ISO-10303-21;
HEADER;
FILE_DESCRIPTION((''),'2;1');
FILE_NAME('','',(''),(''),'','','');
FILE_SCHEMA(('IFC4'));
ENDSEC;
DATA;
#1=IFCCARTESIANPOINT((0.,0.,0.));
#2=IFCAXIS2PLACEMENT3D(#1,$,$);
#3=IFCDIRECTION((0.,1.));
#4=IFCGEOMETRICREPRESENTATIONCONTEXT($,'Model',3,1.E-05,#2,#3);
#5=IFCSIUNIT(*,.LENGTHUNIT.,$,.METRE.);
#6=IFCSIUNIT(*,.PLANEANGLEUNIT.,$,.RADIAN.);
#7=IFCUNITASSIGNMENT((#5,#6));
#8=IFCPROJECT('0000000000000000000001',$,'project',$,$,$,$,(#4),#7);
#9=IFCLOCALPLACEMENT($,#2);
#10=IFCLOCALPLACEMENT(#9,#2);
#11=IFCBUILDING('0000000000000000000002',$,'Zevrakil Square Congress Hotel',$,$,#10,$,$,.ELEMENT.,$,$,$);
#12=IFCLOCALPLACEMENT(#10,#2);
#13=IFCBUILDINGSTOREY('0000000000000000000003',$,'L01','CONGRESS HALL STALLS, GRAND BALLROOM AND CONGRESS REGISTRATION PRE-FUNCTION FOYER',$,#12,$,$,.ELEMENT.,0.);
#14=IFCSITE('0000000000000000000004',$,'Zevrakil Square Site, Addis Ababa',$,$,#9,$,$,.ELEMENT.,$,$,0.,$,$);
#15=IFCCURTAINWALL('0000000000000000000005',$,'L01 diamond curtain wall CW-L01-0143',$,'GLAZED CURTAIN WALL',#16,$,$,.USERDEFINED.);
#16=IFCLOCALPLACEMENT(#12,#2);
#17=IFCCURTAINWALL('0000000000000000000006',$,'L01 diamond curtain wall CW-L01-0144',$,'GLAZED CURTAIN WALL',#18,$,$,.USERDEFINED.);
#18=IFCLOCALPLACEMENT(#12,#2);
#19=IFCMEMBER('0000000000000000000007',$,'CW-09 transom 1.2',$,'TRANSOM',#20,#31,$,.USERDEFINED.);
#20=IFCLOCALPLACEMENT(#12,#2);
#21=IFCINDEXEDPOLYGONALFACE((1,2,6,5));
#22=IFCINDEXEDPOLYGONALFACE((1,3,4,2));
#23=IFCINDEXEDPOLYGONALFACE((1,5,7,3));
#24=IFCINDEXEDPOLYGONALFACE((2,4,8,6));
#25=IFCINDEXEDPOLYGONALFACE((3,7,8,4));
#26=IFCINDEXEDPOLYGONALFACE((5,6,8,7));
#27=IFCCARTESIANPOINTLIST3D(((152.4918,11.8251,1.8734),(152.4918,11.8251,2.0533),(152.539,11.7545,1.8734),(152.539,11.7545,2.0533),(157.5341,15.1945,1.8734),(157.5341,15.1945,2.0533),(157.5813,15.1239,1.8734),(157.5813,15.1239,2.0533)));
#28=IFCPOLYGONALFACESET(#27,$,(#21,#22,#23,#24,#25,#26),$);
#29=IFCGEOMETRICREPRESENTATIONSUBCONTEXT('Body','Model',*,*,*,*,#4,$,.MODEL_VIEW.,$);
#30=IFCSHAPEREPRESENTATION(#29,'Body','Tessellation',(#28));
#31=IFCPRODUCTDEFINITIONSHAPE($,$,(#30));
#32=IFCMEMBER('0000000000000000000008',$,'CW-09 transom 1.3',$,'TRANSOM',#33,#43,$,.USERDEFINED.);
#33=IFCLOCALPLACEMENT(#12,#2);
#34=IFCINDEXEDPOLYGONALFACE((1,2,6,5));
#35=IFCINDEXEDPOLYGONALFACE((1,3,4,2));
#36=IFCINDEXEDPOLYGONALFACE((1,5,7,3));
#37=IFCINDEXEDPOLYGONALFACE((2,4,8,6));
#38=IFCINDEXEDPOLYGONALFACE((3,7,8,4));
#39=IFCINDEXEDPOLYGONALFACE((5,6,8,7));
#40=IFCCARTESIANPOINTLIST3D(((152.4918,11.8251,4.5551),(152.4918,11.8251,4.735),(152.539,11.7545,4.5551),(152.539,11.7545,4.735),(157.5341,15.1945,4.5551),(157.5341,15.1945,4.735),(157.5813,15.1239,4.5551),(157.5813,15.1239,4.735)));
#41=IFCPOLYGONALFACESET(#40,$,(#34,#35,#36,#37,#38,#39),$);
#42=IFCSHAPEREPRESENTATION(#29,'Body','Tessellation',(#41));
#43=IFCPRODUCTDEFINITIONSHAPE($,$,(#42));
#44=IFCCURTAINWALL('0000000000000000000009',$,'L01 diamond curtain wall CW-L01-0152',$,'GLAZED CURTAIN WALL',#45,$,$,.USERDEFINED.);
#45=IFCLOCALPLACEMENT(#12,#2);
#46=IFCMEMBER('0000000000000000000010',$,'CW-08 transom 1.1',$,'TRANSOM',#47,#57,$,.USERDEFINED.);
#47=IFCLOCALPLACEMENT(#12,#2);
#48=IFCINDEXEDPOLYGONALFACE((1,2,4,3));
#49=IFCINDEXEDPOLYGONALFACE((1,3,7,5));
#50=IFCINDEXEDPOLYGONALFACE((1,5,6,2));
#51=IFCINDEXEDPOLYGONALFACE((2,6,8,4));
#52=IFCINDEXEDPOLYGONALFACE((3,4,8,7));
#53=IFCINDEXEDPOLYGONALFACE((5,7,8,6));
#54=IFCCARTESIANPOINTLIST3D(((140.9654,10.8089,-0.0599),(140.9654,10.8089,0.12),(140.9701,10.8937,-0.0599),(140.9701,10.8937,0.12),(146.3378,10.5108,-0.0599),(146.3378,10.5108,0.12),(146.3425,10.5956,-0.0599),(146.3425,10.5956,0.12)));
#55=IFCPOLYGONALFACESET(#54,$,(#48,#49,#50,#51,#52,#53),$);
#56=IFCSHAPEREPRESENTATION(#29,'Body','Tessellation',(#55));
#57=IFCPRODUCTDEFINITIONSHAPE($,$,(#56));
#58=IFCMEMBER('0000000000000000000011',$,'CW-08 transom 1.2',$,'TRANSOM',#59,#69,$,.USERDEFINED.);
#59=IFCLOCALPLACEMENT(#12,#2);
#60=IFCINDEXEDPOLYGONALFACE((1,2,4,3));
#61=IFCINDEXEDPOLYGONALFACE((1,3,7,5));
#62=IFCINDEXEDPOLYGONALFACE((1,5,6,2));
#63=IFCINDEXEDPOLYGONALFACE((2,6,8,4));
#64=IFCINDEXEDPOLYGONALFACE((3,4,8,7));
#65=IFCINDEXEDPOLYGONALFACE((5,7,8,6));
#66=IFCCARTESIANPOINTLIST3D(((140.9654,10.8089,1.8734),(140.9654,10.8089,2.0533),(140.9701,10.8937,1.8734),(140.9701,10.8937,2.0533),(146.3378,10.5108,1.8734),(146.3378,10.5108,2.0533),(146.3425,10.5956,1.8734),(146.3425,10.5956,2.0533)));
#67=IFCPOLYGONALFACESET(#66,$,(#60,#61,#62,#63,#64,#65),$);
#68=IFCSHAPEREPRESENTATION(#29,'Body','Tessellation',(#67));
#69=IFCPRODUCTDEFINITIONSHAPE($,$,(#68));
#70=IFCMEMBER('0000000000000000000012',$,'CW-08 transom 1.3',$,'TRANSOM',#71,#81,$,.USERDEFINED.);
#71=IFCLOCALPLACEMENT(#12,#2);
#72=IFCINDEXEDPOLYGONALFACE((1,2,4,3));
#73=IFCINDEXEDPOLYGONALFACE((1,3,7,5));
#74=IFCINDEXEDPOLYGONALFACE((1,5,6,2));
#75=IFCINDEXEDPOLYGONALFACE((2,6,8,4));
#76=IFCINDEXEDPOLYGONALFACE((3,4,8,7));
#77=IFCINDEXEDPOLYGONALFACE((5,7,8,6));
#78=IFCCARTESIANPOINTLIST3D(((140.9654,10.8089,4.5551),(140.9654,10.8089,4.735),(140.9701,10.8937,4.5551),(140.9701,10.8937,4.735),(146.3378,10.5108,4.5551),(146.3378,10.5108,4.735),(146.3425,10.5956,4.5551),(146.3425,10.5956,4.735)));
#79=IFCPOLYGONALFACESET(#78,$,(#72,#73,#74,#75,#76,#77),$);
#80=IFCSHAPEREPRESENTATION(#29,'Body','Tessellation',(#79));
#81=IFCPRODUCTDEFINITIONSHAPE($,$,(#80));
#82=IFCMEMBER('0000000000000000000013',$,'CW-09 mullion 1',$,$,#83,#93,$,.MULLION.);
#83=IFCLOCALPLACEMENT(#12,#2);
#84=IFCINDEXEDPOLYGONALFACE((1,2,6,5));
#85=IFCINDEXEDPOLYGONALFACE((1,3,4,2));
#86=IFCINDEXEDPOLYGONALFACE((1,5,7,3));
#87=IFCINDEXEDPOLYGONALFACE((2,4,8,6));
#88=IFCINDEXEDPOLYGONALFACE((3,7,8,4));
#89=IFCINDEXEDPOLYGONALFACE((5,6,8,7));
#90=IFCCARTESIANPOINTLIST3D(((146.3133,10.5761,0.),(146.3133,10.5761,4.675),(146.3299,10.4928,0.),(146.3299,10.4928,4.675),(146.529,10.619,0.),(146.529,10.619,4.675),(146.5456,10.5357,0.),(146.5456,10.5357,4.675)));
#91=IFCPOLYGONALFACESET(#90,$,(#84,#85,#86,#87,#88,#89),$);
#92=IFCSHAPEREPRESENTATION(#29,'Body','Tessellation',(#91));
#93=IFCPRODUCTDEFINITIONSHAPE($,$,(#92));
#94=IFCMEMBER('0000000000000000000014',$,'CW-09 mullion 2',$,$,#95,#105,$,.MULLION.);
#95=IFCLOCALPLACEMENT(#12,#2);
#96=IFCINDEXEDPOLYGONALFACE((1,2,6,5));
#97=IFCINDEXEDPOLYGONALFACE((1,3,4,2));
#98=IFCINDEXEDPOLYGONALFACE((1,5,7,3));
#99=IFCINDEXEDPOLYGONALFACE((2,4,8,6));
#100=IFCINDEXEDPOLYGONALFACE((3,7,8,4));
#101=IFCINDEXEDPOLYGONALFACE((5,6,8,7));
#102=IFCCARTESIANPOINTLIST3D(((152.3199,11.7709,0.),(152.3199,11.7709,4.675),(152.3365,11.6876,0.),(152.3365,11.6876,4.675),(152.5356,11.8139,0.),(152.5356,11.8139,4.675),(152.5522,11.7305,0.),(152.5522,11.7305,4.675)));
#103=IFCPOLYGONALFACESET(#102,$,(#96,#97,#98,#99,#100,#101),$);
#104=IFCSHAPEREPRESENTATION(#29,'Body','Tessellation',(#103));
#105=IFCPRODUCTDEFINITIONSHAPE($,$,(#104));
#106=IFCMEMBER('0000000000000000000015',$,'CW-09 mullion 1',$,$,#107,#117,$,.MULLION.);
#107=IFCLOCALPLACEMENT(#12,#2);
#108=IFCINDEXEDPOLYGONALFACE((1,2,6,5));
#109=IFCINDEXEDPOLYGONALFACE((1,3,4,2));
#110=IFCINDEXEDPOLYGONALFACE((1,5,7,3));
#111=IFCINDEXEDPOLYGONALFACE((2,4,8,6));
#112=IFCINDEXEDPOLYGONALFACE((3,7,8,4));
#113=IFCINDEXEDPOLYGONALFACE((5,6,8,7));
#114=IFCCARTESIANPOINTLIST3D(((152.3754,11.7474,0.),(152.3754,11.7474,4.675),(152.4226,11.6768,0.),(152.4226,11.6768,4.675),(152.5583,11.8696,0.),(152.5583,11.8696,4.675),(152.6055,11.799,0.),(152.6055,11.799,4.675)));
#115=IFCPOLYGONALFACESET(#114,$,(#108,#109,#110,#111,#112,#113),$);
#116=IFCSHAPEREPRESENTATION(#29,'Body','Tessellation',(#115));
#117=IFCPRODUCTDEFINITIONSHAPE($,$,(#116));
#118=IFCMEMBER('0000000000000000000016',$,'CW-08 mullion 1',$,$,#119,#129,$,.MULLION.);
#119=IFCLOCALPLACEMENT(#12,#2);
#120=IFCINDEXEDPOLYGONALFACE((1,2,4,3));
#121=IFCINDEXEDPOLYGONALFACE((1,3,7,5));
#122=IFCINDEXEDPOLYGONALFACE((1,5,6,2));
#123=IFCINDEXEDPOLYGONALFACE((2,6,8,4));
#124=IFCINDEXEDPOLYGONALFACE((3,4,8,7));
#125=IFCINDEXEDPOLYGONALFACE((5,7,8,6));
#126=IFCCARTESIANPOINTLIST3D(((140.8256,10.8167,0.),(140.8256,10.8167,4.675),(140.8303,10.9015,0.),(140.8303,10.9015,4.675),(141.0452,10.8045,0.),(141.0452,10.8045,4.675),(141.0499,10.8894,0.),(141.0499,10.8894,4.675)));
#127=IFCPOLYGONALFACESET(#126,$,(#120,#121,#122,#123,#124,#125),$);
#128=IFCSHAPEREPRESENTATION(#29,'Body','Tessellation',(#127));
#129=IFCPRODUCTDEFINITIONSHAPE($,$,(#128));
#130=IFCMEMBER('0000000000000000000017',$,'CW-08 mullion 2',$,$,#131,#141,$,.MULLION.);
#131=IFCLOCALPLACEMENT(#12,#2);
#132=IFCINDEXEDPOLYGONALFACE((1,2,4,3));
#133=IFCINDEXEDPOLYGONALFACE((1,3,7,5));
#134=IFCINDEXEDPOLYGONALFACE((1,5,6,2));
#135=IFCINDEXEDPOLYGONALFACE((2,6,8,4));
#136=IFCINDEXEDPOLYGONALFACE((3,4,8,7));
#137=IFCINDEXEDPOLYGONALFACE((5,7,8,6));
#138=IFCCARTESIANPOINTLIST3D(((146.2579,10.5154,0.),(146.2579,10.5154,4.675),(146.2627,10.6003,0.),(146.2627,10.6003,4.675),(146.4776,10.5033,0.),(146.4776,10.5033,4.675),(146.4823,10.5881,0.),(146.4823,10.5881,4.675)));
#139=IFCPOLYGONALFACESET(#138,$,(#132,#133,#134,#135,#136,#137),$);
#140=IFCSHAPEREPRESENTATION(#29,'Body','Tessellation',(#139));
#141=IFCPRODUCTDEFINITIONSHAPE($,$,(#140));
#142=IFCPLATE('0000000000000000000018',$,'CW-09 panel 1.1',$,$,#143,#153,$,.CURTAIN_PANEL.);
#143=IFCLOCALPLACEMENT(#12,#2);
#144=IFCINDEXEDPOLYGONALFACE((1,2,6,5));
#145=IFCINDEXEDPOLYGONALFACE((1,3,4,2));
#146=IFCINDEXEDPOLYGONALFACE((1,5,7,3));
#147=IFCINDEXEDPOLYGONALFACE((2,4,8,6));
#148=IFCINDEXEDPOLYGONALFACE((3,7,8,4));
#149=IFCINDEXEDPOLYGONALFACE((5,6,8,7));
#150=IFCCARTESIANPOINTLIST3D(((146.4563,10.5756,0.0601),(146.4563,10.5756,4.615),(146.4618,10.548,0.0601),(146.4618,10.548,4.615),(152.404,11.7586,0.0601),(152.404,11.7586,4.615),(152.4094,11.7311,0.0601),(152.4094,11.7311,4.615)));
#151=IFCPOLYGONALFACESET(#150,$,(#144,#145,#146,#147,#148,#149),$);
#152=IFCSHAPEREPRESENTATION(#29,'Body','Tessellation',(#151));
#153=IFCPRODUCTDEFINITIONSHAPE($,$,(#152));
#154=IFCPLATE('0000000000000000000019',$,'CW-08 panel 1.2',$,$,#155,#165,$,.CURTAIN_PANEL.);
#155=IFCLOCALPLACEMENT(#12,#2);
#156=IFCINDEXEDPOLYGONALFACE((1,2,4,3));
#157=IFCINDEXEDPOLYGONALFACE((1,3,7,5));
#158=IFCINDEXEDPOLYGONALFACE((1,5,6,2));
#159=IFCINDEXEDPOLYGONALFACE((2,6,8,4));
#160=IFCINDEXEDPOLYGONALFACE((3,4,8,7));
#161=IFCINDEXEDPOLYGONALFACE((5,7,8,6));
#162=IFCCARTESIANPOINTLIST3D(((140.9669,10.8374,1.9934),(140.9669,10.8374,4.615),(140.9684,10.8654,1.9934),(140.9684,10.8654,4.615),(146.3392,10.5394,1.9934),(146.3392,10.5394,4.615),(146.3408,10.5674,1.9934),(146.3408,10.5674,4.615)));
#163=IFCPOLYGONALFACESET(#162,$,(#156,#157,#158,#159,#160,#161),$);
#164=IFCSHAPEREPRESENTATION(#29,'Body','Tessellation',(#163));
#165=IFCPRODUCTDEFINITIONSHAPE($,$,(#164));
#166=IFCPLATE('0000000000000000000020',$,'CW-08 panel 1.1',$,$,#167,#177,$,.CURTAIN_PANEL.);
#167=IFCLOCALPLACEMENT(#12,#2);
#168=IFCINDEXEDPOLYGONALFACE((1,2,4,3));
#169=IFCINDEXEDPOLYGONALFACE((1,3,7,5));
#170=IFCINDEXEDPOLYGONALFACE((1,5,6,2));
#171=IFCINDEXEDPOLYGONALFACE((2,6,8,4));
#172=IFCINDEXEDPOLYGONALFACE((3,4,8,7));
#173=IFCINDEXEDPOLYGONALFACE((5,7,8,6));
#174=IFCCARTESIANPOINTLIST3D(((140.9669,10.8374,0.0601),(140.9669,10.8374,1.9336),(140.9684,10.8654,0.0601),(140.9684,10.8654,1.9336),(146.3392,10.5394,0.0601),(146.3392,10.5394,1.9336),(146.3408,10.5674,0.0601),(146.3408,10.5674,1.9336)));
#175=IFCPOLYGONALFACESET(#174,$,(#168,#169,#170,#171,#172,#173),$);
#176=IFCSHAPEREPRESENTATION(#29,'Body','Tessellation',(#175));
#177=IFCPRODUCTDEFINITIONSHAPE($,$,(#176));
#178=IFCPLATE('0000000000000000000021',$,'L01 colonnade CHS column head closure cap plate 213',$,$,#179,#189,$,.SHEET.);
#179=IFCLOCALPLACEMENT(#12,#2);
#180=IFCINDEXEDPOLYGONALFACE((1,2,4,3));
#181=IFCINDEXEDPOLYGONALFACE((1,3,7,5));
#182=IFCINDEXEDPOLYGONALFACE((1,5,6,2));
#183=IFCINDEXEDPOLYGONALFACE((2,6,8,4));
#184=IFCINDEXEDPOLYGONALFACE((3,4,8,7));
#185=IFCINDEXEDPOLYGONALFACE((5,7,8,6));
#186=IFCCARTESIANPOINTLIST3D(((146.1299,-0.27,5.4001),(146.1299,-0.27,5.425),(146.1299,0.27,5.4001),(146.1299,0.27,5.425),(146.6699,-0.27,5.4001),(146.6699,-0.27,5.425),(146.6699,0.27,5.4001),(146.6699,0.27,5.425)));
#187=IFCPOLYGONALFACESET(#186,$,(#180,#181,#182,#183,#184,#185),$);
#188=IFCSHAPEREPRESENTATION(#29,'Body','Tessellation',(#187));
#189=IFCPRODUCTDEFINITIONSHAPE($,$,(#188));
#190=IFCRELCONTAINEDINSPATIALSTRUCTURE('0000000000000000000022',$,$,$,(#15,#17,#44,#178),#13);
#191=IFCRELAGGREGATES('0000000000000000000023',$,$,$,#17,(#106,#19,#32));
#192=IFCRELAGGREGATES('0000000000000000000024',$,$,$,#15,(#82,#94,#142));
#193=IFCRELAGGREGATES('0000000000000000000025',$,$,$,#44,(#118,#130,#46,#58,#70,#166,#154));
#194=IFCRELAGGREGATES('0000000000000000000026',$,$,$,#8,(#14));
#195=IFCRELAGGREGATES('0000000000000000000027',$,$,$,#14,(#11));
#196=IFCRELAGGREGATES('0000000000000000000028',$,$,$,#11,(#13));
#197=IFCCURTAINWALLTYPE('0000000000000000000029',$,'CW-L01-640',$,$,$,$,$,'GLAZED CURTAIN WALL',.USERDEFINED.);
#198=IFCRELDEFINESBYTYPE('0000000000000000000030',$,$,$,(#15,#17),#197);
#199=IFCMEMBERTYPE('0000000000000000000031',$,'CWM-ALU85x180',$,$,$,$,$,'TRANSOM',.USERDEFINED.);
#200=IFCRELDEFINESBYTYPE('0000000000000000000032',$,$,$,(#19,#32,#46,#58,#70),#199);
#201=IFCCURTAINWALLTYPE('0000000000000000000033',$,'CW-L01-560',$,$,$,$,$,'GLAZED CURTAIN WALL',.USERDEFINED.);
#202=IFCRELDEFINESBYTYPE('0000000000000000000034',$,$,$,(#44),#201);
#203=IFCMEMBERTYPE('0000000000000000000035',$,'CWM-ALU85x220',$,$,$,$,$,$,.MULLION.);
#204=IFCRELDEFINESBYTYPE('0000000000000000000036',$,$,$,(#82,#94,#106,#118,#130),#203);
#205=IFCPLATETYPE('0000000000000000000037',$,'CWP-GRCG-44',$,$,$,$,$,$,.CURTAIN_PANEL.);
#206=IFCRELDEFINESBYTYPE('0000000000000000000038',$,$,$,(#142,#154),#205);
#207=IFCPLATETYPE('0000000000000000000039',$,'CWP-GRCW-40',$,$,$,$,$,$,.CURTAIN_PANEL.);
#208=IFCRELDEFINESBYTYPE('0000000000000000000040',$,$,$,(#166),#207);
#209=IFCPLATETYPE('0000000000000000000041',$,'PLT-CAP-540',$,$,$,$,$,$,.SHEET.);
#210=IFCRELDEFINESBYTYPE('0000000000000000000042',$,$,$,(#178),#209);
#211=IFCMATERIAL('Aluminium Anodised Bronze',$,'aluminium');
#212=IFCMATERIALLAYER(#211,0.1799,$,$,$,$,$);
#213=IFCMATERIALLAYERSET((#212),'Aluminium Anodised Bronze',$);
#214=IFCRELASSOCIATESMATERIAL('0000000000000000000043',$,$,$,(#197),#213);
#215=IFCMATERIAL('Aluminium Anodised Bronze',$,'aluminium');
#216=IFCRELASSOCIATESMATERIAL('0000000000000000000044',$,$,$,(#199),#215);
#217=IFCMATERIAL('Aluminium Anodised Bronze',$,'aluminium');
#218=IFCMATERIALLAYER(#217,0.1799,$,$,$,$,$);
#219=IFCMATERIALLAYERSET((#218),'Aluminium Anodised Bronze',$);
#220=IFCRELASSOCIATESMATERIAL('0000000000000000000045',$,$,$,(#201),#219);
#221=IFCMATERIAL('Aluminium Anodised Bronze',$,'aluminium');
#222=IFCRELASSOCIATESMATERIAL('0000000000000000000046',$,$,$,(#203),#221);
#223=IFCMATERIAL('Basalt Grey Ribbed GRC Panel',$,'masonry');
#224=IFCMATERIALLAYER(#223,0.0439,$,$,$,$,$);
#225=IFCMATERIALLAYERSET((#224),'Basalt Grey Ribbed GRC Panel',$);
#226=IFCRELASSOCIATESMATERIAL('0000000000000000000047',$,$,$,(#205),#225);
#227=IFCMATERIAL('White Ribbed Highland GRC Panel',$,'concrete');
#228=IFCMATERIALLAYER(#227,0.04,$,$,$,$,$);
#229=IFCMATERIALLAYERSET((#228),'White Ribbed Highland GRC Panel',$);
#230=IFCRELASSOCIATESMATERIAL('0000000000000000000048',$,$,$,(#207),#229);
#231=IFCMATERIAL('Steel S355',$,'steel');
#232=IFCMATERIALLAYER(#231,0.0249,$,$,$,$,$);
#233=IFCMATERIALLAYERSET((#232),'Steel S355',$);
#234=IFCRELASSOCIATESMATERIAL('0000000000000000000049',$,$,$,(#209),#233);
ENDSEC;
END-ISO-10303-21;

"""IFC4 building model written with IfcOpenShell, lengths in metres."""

from ifc_helpers import new_model, si_unit, direction, frame, origin, origin_2d, place, context, subcontext, project, spatial, rectangle, extrude, material, layer, layer_set, material_profile, profile_set, type_object, element, aggregate, save


model = new_model("IFC4")

# Units and contexts
model_context = context("Model", 3, precision=1e-05, world=origin(), true_north=direction((0.0, 1.0)))
body_context = subcontext(model_context, "Body", "Model", "MODEL_VIEW")
ifc_project = project(units=[si_unit("LENGTHUNIT", "METRE"), si_unit("PLANEANGLEUNIT", "RADIAN")], contexts=[model_context])

# Site, building, storey
site_placement = place(None, origin())
site = spatial("IfcSite", under=ifc_project, at=site_placement, Name="Zevrakil Square Site, Addis Ababa", CompositionType="ELEMENT", RefElevation=0.0)
building_placement = place(site_placement, origin())
building = spatial("IfcBuilding", under=site, at=building_placement, Name="Zevrakil Square Congress Hotel", CompositionType="ELEMENT")
storey_placement = place(building_placement, origin())
storey = spatial("IfcBuildingStorey", under=building, at=storey_placement, Name="L01", Description="CONGRESS HALL STALLS, GRAND BALLROOM AND CONGRESS REGISTRATION PRE-FUNCTION FOYER", CompositionType="ELEMENT", Elevation=0.0)

# Curtain walls, members
ifc_material_1 = material(Name="Aluminium Anodised Bronze", Category="aluminium")
ifc_layer_1 = layer(ifc_material_1, 0.1799)
ifc_layer_set_1 = layer_set([ifc_layer_1], Name="Aluminium Anodised Bronze")
curtain_wall_type_1 = type_object("IfcCurtainWallType", Name="CW-L01-640", ElementType="GLAZED CURTAIN WALL", PredefinedType="USERDEFINED", material=ifc_layer_set_1)
curtain_wall_1_placement = place(storey_placement, origin())
curtain_wall_1 = element("IfcCurtainWall", 1, at=curtain_wall_1_placement, inside=storey, type_object=curtain_wall_type_1, Name="L01 diamond curtain wall CW-L01-0143", ObjectType="GLAZED CURTAIN WALL", PredefinedType="USERDEFINED")
ifc_material_2 = material(Name="Aluminium Anodised Bronze", Category="aluminium")
ifc_material_profile_1 = material_profile(ifc_material_2, rectangle(XDim=0.085, YDim=0.1799, at=origin_2d()), Name="ALU 85x180")
ifc_profile_set_1 = profile_set([ifc_material_profile_1], Name="Aluminium Anodised Bronze")
member_type_1 = type_object("IfcMemberType", Name="CWM-ALU85x180", ElementType="TRANSOM", PredefinedType="USERDEFINED", material=ifc_profile_set_1)
curtain_wall_2_placement = place(storey_placement, origin())
curtain_wall_2 = element("IfcCurtainWall", 2, at=curtain_wall_2_placement, inside=storey, type_object=curtain_wall_type_1, Name="L01 diamond curtain wall CW-L01-0144", ObjectType="GLAZED CURTAIN WALL", PredefinedType="USERDEFINED")
member_1_placement = place(storey_placement, frame((152.5154, 11.7898, 1.9634), z_axis=(0.831449, 0.555601, 0.0), x_axis=(-0.555601, 0.831449, 0.0)))
member_1 = element("IfcMember", 3, at=member_1_placement, type_object=member_type_1, Name="CW-09 transom 1.2", ObjectType="TRANSOM", PredefinedType="USERDEFINED", context=body_context, shape_type="SweptSolid", body=[
    extrude(rectangle(XDim=0.085, YDim=0.1799, at=origin_2d()), origin(), (0.0, 0.0, 1.0), 6.0645),
])
member_2_placement = place(storey_placement, frame((152.5154, 11.7898, 4.645), z_axis=(0.831449, 0.555601, 0.0), x_axis=(-0.555601, 0.831449, 0.0)))
member_2 = element("IfcMember", 4, at=member_2_placement, type_object=member_type_1, Name="CW-09 transom 1.3", ObjectType="TRANSOM", PredefinedType="USERDEFINED", context=body_context, shape_type="SweptSolid", body=[
    extrude(rectangle(XDim=0.085, YDim=0.1799, at=origin_2d()), origin(), (0.0, 0.0, 1.0), 6.0645),
])
ifc_material_3 = material(Name="Aluminium Anodised Bronze", Category="aluminium")
ifc_layer_2 = layer(ifc_material_3, 0.1799)
ifc_layer_set_2 = layer_set([ifc_layer_2], Name="Aluminium Anodised Bronze")
curtain_wall_type_2 = type_object("IfcCurtainWallType", Name="CW-L01-560", ElementType="GLAZED CURTAIN WALL", PredefinedType="USERDEFINED", material=ifc_layer_set_2)
curtain_wall_3_placement = place(storey_placement, origin())
curtain_wall_3 = element("IfcCurtainWall", 5, at=curtain_wall_3_placement, inside=storey, type_object=curtain_wall_type_2, Name="L01 diamond curtain wall CW-L01-0152", ObjectType="GLAZED CURTAIN WALL", PredefinedType="USERDEFINED")
member_3_placement = place(storey_placement, frame((140.9678, 10.8513, 0.03), z_axis=(0.998464, -0.055402, 0.0), x_axis=(0.055402, 0.998464, 0.0)))
member_3 = element("IfcMember", 6, at=member_3_placement, type_object=member_type_1, Name="CW-08 transom 1.1", ObjectType="TRANSOM", PredefinedType="USERDEFINED", context=body_context, shape_type="SweptSolid", body=[
    extrude(rectangle(XDim=0.085, YDim=0.1799, at=origin_2d()), origin(), (0.0, 0.0, 1.0), 5.3806),
])
member_4_placement = place(storey_placement, frame((140.9678, 10.8513, 1.9634), z_axis=(0.998464, -0.055402, 0.0), x_axis=(0.055402, 0.998464, 0.0)))
member_4 = element("IfcMember", 7, at=member_4_placement, type_object=member_type_1, Name="CW-08 transom 1.2", ObjectType="TRANSOM", PredefinedType="USERDEFINED", context=body_context, shape_type="SweptSolid", body=[
    extrude(rectangle(XDim=0.085, YDim=0.1799, at=origin_2d()), origin(), (0.0, 0.0, 1.0), 5.3806),
])
member_5_placement = place(storey_placement, frame((140.9678, 10.8513, 4.645), z_axis=(0.998464, -0.055402, 0.0), x_axis=(0.055402, 0.998464, 0.0)))
member_5 = element("IfcMember", 8, at=member_5_placement, type_object=member_type_1, Name="CW-08 transom 1.3", ObjectType="TRANSOM", PredefinedType="USERDEFINED", context=body_context, shape_type="SweptSolid", body=[
    extrude(rectangle(XDim=0.085, YDim=0.1799, at=origin_2d()), origin(), (0.0, 0.0, 1.0), 5.3806),
])

# Members
ifc_material_4 = material(Name="Aluminium Anodised Bronze", Category="aluminium")
ifc_material_profile_2 = material_profile(ifc_material_4, rectangle(XDim=0.085, YDim=0.22, at=origin_2d()), Name="ALU 85x220")
ifc_profile_set_2 = profile_set([ifc_material_profile_2], Name="Aluminium Anodised Bronze")
member_type_2 = type_object("IfcMemberType", Name="CWM-ALU85x220", PredefinedType="MULLION", material=ifc_profile_set_2)
member_6_placement = place(storey_placement, frame((146.4294, 10.5559, 0.0), z_axis=(0.0, 0.0, 1.0), x_axis=(-0.19509, 0.980785, 0.0)))
member_6 = element("IfcMember", 9, at=member_6_placement, type_object=member_type_2, Name="CW-09 mullion 1", PredefinedType="MULLION", context=body_context, shape_type="SweptSolid", body=[
    extrude(rectangle(XDim=0.085, YDim=0.22, at=origin_2d()), origin(), (0.0, 0.0, 1.0), 4.675),
])
member_7_placement = place(storey_placement, frame((152.436, 11.7507, 0.0), z_axis=(0.0, 0.0, 1.0), x_axis=(-0.19509, 0.980785, 0.0)))
member_7 = element("IfcMember", 10, at=member_7_placement, type_object=member_type_2, Name="CW-09 mullion 2", PredefinedType="MULLION", context=body_context, shape_type="SweptSolid", body=[
    extrude(rectangle(XDim=0.085, YDim=0.22, at=origin_2d()), origin(), (0.0, 0.0, 1.0), 4.675),
])
member_8_placement = place(storey_placement, frame((152.4905, 11.7732, 0.0), z_axis=(0.0, 0.0, 1.0), x_axis=(-0.555577, 0.831465, 0.0)))
member_8 = element("IfcMember", 11, at=member_8_placement, type_object=member_type_2, Name="CW-09 mullion 1", PredefinedType="MULLION", context=body_context, shape_type="SweptSolid", body=[
    extrude(rectangle(XDim=0.085, YDim=0.22, at=origin_2d()), origin(), (0.0, 0.0, 1.0), 4.675),
])
aggregate(curtain_wall_2, [member_8, member_1, member_2])
member_9_placement = place(storey_placement, frame((140.9377, 10.853, 0.0), z_axis=(0.0, 0.0, 1.0), x_axis=(0.055375, 0.998466, 0.0)))
member_9 = element("IfcMember", 12, at=member_9_placement, type_object=member_type_2, Name="CW-08 mullion 1", PredefinedType="MULLION", context=body_context, shape_type="SweptSolid", body=[
    extrude(rectangle(XDim=0.085, YDim=0.22, at=origin_2d()), origin(), (0.0, 0.0, 1.0), 4.675),
])
member_10_placement = place(storey_placement, frame((146.3701, 10.5518, 0.0), z_axis=(0.0, 0.0, 1.0), x_axis=(0.055375, 0.998466, 0.0)))
member_10 = element("IfcMember", 13, at=member_10_placement, type_object=member_type_2, Name="CW-08 mullion 2", PredefinedType="MULLION", context=body_context, shape_type="SweptSolid", body=[
    extrude(rectangle(XDim=0.085, YDim=0.22, at=origin_2d()), origin(), (0.0, 0.0, 1.0), 4.675),
])

# Plates
ifc_material_5 = material(Name="Basalt Grey Ribbed GRC Panel", Category="masonry")
ifc_layer_3 = layer(ifc_material_5, 0.0439)
ifc_layer_set_3 = layer_set([ifc_layer_3], Name="Basalt Grey Ribbed GRC Panel")
plate_type_1 = type_object("IfcPlateType", Name="CWP-GRCG-44", PredefinedType="CURTAIN_PANEL", material=ifc_layer_set_3)
plate_1_placement = place(storey_placement, frame((149.4329, 11.1533, 0.0601), z_axis=(0.0, 0.0, 1.0), x_axis=(0.980785, 0.19509, 0.0)))
plate_1 = element("IfcPlate", 14, at=plate_1_placement, type_object=plate_type_1, Name="CW-09 panel 1.1", PredefinedType="CURTAIN_PANEL", context=body_context, shape_type="SweptSolid", body=[
    extrude(rectangle(XDim=6.0642, YDim=0.0281, at=origin_2d()), origin(), (0.0, 0.0, 1.0), 4.5549),
])
aggregate(curtain_wall_1, [member_6, member_7, plate_1])
plate_2_placement = place(storey_placement, frame((143.6538, 10.7024, 1.9934), z_axis=(0.0, 0.0, 1.0), x_axis=(0.998466, -0.055375, 0.0)))
plate_2 = element("IfcPlate", 15, at=plate_2_placement, type_object=plate_type_1, Name="CW-08 panel 1.2", PredefinedType="CURTAIN_PANEL", context=body_context, shape_type="SweptSolid", body=[
    extrude(rectangle(XDim=5.3806, YDim=0.0281, at=origin_2d()), origin(), (0.0, 0.0, 1.0), 2.6216),
])
ifc_material_6 = material(Name="White Ribbed Highland GRC Panel", Category="concrete")
ifc_layer_4 = layer(ifc_material_6, 0.04)
ifc_layer_set_4 = layer_set([ifc_layer_4], Name="White Ribbed Highland GRC Panel")
plate_type_2 = type_object("IfcPlateType", Name="CWP-GRCW-40", PredefinedType="CURTAIN_PANEL", material=ifc_layer_set_4)
plate_3_placement = place(storey_placement, frame((143.6538, 10.7024, 0.0601), z_axis=(0.0, 0.0, 1.0), x_axis=(0.998466, -0.055375, 0.0)))
plate_3 = element("IfcPlate", 16, at=plate_3_placement, type_object=plate_type_2, Name="CW-08 panel 1.1", PredefinedType="CURTAIN_PANEL", context=body_context, shape_type="SweptSolid", body=[
    extrude(rectangle(XDim=5.3806, YDim=0.0281, at=origin_2d()), origin(), (0.0, 0.0, 1.0), 1.8735),
])
aggregate(curtain_wall_3, [member_9, member_10, member_3, member_4, member_5, plate_3, plate_2])
ifc_material_7 = material(Name="Steel S355", Category="steel")
ifc_layer_5 = layer(ifc_material_7, 0.0249)
ifc_layer_set_5 = layer_set([ifc_layer_5], Name="Steel S355")
plate_type_3 = type_object("IfcPlateType", Name="PLT-CAP-540", PredefinedType="SHEET", material=ifc_layer_set_5)
plate_4_placement = place(storey_placement, frame((146.3999, 0.0, 5.4001), z_axis=(0.0, 0.0, 1.0), x_axis=(1.0, 0.0, 0.0)))
element("IfcPlate", 17, at=plate_4_placement, inside=storey, type_object=plate_type_3, Name="L01 colonnade CHS column head closure cap plate 213", PredefinedType="SHEET", context=body_context, shape_type="SweptSolid", body=[
    extrude(rectangle(XDim=0.54, YDim=0.54, at=origin_2d()), origin(), (0.0, 0.0, 1.0), 0.0249),
])

save(model, "model.ifc")
